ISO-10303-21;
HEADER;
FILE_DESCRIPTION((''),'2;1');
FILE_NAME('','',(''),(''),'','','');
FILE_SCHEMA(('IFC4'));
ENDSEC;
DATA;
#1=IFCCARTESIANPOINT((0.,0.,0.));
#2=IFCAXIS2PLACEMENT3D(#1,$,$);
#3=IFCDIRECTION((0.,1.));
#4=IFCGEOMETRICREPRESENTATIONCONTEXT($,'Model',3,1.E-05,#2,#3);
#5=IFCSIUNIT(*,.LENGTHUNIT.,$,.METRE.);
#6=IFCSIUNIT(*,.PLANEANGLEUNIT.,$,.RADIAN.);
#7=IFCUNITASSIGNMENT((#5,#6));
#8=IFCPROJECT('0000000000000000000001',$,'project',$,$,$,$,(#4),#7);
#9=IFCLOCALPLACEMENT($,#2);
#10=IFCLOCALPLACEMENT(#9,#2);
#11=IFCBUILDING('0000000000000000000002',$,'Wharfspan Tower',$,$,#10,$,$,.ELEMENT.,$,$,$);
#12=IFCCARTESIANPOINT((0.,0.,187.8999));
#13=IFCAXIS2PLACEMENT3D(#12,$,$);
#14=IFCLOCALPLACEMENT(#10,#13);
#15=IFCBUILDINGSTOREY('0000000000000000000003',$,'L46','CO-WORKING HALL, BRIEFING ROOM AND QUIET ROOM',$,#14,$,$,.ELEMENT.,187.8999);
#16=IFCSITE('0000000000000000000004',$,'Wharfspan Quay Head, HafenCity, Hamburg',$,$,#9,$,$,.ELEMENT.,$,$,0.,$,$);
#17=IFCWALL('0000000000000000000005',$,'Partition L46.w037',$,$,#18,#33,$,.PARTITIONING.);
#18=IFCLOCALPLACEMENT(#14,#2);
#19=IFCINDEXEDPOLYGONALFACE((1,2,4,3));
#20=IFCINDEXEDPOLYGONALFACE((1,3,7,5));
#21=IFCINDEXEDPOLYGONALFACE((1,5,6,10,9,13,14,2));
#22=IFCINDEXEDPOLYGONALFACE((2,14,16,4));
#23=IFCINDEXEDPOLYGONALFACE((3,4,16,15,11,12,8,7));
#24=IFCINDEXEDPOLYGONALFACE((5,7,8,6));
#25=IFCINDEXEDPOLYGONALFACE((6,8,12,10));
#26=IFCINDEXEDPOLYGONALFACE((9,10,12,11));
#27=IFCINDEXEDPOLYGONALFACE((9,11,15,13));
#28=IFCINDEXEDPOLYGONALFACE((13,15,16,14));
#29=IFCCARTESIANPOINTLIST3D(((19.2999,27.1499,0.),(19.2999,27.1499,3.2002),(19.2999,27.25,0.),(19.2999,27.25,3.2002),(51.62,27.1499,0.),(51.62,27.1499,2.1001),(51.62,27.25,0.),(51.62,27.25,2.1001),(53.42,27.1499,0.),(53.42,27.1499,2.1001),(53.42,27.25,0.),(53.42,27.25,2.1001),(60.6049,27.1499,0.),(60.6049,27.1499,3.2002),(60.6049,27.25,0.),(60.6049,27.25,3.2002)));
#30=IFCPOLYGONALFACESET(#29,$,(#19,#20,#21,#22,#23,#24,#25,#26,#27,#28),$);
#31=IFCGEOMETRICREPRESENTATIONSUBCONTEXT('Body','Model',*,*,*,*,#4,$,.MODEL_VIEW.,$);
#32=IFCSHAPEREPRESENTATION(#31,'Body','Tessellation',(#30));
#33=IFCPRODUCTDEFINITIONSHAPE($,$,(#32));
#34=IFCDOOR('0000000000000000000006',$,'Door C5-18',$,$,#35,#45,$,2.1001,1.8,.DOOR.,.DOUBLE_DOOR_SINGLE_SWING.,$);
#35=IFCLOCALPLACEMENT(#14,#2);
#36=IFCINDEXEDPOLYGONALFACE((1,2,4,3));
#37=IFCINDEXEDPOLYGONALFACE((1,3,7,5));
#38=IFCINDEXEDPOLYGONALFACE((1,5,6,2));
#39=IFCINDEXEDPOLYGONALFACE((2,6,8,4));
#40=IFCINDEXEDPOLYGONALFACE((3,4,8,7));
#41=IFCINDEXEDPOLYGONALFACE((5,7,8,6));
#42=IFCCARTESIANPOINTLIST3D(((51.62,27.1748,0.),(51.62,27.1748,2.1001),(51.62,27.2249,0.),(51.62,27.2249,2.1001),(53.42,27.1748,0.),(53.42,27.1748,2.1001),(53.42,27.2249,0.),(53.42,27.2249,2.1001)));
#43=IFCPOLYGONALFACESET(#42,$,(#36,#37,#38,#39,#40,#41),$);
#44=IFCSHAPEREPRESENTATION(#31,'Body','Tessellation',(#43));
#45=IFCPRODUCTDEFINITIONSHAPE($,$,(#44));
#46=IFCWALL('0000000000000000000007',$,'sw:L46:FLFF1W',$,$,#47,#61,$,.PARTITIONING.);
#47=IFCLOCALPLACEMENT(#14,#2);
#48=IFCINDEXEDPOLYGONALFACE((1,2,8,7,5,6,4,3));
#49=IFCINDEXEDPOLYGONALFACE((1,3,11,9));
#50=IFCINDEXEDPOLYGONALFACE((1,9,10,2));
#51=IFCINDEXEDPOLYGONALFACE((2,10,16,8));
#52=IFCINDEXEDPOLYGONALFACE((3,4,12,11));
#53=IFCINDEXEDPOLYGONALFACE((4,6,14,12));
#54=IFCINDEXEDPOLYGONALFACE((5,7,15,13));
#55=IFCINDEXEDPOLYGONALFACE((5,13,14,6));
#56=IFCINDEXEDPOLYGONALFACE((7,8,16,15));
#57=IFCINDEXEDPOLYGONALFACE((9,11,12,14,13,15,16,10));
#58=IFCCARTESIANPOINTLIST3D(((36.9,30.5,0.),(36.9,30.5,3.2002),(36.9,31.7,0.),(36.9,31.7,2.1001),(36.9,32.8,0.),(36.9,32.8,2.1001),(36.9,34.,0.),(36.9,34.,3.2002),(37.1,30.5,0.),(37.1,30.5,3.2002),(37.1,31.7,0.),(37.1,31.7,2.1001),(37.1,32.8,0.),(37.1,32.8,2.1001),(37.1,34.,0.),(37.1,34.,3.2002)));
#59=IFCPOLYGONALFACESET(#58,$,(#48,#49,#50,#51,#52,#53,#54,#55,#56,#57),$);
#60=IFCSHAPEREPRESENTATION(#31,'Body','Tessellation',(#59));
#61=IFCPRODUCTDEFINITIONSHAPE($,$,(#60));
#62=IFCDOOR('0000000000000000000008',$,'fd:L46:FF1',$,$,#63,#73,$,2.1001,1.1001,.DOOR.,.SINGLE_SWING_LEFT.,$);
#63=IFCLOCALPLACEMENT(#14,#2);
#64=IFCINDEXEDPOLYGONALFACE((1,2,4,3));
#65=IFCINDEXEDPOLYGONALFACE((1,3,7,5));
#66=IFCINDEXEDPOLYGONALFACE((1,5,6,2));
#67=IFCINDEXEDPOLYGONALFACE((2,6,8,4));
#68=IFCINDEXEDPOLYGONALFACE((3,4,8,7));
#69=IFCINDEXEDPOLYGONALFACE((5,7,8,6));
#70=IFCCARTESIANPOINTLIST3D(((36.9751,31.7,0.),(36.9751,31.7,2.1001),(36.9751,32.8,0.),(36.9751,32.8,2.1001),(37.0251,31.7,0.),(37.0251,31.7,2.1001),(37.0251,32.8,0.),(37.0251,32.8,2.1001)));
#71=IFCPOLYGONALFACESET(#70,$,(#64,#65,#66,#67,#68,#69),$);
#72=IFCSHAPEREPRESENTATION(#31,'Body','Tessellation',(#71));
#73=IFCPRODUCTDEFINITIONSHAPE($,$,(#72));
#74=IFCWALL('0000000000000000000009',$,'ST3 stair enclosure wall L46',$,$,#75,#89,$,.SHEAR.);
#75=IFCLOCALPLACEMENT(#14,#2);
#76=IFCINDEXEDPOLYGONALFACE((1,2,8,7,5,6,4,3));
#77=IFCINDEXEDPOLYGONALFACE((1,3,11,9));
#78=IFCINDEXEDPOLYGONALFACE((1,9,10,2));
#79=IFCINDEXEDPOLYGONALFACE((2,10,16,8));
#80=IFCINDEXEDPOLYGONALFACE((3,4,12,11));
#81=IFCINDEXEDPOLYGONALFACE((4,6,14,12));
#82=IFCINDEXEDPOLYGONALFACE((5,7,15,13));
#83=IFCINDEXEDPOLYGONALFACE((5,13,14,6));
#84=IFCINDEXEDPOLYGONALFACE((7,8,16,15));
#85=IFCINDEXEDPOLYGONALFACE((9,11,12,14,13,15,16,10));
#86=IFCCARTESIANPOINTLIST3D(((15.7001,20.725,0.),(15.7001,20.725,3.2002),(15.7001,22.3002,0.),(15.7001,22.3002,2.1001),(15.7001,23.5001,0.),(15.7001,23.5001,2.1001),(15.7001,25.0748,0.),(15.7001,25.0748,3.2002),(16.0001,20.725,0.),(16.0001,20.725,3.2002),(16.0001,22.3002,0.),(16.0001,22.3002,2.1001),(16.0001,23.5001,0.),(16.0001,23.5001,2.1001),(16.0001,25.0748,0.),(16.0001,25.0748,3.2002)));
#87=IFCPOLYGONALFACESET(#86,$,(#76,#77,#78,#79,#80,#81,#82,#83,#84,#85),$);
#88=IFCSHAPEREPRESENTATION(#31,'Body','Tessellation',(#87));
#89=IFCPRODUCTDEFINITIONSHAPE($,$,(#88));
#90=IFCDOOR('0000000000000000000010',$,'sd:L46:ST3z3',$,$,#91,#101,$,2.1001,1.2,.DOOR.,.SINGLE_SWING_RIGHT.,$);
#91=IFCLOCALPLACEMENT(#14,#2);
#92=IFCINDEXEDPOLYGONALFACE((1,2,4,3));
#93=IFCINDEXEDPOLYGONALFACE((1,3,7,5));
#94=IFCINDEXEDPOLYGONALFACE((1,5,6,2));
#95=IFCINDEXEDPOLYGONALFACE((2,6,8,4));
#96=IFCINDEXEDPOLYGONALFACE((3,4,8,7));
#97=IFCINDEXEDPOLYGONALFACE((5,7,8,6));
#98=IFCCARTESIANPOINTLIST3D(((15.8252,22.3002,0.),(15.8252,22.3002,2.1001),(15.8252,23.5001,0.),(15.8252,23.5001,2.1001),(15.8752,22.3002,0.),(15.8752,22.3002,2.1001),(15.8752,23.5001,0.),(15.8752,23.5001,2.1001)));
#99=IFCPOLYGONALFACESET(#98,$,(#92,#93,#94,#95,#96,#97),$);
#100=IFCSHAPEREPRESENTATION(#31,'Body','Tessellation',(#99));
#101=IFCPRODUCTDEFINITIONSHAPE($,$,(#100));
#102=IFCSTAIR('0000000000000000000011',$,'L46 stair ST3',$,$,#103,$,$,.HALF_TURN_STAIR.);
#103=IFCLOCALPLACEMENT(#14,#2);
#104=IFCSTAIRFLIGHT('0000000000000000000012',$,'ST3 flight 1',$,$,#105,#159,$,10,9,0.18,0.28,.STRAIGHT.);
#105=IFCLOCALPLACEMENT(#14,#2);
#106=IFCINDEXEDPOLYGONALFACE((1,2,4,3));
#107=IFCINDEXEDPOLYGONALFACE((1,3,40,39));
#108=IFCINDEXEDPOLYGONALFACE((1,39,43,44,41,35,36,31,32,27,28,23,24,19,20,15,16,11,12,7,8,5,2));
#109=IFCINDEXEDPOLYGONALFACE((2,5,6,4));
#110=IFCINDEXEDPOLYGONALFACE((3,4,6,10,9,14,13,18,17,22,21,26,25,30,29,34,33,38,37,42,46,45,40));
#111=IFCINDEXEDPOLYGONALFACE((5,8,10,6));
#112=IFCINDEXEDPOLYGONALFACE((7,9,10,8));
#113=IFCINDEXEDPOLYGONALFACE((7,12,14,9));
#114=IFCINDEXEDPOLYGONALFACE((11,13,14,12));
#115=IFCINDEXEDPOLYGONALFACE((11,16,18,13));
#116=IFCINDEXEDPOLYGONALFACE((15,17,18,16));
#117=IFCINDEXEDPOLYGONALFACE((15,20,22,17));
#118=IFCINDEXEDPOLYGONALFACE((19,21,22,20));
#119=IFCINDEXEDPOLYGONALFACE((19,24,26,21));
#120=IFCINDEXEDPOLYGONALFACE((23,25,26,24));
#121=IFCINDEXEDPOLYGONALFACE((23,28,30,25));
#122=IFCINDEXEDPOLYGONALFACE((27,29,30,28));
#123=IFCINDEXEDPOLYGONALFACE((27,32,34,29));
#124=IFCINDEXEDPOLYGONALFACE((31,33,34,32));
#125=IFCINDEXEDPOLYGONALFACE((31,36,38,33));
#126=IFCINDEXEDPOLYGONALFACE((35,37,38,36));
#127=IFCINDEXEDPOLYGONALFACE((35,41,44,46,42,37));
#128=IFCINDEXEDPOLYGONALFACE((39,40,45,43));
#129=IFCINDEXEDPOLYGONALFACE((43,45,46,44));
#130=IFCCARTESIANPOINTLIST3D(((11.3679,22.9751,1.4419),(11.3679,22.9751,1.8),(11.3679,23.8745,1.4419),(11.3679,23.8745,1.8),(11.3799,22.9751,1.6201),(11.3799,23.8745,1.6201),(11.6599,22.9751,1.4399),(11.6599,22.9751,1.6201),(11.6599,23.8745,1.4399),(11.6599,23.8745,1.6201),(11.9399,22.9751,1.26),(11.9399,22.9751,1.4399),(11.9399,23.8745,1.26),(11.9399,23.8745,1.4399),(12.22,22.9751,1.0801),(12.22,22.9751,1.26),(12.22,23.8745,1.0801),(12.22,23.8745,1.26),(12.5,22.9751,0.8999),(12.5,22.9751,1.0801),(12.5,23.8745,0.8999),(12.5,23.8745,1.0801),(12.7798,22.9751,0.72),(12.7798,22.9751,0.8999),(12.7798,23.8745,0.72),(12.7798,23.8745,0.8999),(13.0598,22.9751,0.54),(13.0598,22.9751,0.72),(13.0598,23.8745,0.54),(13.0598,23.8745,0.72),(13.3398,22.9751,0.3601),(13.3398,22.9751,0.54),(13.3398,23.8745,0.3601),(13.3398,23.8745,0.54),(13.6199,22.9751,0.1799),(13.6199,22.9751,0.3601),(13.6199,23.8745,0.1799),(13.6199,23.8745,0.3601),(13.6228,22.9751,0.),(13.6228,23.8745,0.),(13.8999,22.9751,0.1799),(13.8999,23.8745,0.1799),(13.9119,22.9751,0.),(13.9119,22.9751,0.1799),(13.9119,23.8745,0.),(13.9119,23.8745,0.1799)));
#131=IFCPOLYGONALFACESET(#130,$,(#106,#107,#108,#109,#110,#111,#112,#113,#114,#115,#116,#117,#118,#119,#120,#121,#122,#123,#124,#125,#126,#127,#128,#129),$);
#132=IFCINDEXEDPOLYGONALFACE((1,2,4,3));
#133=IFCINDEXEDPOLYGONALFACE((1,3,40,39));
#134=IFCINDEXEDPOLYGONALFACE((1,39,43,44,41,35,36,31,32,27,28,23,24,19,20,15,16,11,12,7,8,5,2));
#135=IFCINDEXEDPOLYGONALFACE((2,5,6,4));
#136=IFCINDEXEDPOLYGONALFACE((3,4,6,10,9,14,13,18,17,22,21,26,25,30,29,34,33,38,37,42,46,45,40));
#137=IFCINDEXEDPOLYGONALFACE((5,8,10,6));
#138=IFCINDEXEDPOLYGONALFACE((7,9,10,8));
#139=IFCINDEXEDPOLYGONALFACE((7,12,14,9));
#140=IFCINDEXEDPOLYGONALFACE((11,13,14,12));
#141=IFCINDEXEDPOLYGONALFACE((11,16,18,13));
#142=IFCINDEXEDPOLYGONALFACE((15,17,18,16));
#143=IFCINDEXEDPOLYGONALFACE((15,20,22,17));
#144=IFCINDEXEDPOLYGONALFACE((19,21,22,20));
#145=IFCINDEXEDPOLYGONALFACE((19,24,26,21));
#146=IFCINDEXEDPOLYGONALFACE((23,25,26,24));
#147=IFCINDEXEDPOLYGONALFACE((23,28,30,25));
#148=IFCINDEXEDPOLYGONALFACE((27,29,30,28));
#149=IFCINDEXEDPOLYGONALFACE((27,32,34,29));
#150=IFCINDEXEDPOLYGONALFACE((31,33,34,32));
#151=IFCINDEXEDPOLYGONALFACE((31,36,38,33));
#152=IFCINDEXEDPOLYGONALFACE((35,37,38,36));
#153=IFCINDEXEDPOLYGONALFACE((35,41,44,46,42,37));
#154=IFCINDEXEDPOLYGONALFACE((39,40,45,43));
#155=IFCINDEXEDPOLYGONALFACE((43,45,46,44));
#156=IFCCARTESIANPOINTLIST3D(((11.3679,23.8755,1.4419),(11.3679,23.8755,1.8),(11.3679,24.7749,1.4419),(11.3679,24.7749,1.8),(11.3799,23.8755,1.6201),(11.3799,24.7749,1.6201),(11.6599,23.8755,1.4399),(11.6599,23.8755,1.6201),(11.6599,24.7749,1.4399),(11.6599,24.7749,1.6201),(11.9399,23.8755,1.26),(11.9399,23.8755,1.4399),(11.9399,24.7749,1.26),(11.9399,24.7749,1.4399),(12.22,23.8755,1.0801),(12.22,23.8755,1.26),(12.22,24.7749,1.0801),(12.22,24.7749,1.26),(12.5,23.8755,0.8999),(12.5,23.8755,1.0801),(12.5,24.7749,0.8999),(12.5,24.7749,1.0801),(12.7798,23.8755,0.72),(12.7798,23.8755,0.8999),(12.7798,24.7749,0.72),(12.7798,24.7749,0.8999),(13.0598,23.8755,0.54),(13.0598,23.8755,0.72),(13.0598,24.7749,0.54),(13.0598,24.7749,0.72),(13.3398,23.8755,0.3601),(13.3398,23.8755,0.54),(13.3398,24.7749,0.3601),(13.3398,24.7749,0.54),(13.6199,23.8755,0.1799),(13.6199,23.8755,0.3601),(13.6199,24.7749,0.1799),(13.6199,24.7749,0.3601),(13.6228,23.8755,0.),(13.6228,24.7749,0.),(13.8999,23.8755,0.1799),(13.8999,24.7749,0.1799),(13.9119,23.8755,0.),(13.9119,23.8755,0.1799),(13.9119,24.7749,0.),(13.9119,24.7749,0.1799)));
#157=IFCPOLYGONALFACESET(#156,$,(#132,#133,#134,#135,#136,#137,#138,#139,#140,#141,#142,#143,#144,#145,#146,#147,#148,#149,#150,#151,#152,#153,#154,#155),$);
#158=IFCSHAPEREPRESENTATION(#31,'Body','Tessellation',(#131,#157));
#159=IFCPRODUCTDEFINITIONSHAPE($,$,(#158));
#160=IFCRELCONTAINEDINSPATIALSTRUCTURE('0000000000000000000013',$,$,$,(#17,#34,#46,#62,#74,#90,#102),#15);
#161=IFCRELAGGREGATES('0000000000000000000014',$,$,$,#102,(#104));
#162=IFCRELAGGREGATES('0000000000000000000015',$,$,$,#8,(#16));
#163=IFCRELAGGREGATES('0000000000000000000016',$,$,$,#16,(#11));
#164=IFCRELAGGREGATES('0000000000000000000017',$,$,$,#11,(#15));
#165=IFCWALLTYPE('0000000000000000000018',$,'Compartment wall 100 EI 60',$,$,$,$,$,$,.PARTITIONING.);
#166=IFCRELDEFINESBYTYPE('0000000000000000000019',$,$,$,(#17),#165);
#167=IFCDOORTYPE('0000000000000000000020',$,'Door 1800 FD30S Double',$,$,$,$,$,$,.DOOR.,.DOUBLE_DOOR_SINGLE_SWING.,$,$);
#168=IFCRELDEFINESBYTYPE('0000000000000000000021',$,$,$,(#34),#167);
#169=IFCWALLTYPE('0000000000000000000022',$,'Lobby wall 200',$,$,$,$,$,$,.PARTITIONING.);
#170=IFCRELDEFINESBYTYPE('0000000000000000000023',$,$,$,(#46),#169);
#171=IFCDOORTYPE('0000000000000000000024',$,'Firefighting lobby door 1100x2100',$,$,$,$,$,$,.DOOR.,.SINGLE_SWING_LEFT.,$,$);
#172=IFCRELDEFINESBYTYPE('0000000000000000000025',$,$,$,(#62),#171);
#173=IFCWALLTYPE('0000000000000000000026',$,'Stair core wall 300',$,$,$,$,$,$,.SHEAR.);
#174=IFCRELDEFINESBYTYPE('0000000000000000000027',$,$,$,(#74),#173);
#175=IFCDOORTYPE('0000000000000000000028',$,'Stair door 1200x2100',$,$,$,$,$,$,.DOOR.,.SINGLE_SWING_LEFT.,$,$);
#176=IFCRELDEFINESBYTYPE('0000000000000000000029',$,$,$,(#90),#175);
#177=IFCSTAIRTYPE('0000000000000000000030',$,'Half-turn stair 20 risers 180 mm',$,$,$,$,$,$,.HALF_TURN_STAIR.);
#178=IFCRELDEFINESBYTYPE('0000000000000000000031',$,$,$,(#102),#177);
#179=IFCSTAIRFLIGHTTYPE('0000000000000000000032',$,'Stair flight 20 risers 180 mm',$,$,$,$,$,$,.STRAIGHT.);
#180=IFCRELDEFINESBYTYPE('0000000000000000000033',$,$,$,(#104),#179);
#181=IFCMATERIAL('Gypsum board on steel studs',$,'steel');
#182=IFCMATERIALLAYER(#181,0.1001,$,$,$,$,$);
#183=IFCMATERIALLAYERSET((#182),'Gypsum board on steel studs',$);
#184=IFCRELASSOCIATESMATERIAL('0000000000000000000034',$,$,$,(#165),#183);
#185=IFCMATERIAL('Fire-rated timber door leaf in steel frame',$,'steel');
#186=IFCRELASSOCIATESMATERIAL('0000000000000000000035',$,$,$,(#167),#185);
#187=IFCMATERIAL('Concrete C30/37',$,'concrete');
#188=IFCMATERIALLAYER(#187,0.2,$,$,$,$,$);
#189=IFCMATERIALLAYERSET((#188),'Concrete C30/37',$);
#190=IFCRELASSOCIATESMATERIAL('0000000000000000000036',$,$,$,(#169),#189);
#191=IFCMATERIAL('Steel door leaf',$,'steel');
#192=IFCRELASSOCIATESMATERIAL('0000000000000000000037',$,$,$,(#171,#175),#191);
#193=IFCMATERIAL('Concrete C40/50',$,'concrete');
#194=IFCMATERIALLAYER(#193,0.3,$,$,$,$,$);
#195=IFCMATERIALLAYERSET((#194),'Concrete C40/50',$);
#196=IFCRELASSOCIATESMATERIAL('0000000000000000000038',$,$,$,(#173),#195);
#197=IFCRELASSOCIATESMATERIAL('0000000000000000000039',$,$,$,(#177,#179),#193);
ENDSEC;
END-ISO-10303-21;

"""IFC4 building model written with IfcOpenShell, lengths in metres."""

from ifc_helpers import new_model, si_unit, direction, frame, frame_2d, origin, place, context, subcontext, project, spatial, polyline, rectangle, outline, extrude, material, layer, layer_set, type_object, element, fill, aggregate, save


model = new_model("IFC4")

# Units and contexts
model_context = context("Model", 3, precision=1e-05, world=origin(), true_north=direction((0.0, 1.0)))
body_context = subcontext(model_context, "Body", "Model", "MODEL_VIEW")
ifc_project = project(units=[si_unit("LENGTHUNIT", "METRE"), si_unit("PLANEANGLEUNIT", "RADIAN")], contexts=[model_context])

# Site, building, storey
site_placement = place(None, origin())
site = spatial("IfcSite", under=ifc_project, at=site_placement, Name="Wharfspan Quay Head, HafenCity, Hamburg", CompositionType="ELEMENT", RefElevation=0.0)
building_placement = place(site_placement, origin())
building = spatial("IfcBuilding", under=site, at=building_placement, Name="Wharfspan Tower", CompositionType="ELEMENT")
storey_placement = place(building_placement, frame((0.0, 0.0, 187.8999)))
storey = spatial("IfcBuildingStorey", under=building, at=storey_placement, Name="L46", Description="CO-WORKING HALL, BRIEFING ROOM AND QUIET ROOM", CompositionType="ELEMENT", Elevation=187.8999)

# Shared definitions
ifc_material_1 = material(Name="Gypsum board on steel studs", Category="steel")
ifc_layer_1 = layer(ifc_material_1, 0.1001)
ifc_layer_set_1 = layer_set([ifc_layer_1], Name="Gypsum board on steel studs")
wall_type_1 = type_object("IfcWallType", Name="Compartment wall 100 EI 60", PredefinedType="PARTITIONING", material=ifc_layer_set_1)

# Shared definitions
ifc_material_2 = material(Name="Fire-rated timber door leaf in steel frame", Category="steel")

# Walls, openings, doors
wall_1_placement = place(storey_placement, frame((19.3, 27.2, 0.0), z_axis=(0.0, 0.0, 1.0), x_axis=(1.0, 0.0, 0.0)))
wall_1 = element("IfcWall", 1, at=wall_1_placement, inside=storey, type_object=wall_type_1, Name="Partition L46.w037", PredefinedType="PARTITIONING", context=body_context, shape_type="SweptSolid", body=[
    extrude(rectangle(XDim=41.3049, YDim=0.1001, at=frame_2d((20.6523, 0.0))), origin(), (0.0, 0.0, 1.0), 3.2002),
])
opening_1_placement = place(wall_1_placement, frame((32.3201, 0.0, 0.0)))
opening_1 = element("IfcOpeningElement", 2, at=opening_1_placement, cuts=wall_1, PredefinedType="OPENING", context=body_context, shape_type="SweptSolid", body=[
    extrude(rectangle(XDim=1.8, YDim=2.1001, at=frame_2d((0.8999, 1.05))), frame((0.0, 0.0601, 0.0), z_axis=(0.0, -1.0, 0.0), x_axis=(1.0, 0.0, 0.0)), (0.0, 0.0, 1.0), 0.1201),
])
door_type_1 = type_object("IfcDoorType", Name="Door 1800 FD30S Double", OperationType="DOUBLE_DOOR_SINGLE_SWING", PredefinedType="DOOR", material=ifc_material_2)
door_1_placement = place(opening_1_placement, origin())
door_1 = element("IfcDoor", 3, at=door_1_placement, inside=storey, type_object=door_type_1, Name="Door C5-18", OperationType="DOUBLE_DOOR_SINGLE_SWING", OverallHeight=2.1001, OverallWidth=1.8, PredefinedType="DOOR", context=body_context, shape_type="SweptSolid", body=[
    extrude(rectangle(XDim=1.8, YDim=2.1001, at=frame_2d((0.8999, 1.05))), frame((0.0, 0.0249, 0.0), z_axis=(0.0, -1.0, 0.0), x_axis=(1.0, 0.0, 0.0)), (0.0, 0.0, 1.0), 0.05),
])
fill(opening_1, door_1)
ifc_material_3 = material(Name="Concrete C30/37", Category="concrete")
ifc_layer_2 = layer(ifc_material_3, 0.2)
ifc_layer_set_2 = layer_set([ifc_layer_2], Name="Concrete C30/37")
wall_type_2 = type_object("IfcWallType", Name="Lobby wall 200", PredefinedType="PARTITIONING", material=ifc_layer_set_2)
wall_2_placement = place(storey_placement, frame((37.0, 30.5, 0.0), z_axis=(0.0, 0.0, 1.0), x_axis=(0.0, 1.0, 0.0)))
wall_2 = element("IfcWall", 4, at=wall_2_placement, inside=storey, type_object=wall_type_2, Name="sw:L46:FLFF1W", PredefinedType="PARTITIONING", context=body_context, shape_type="SweptSolid", body=[
    extrude(rectangle(XDim=3.5, YDim=0.2, at=frame_2d((1.75, 0.0))), origin(), (0.0, 0.0, 1.0), 3.2002),
])
opening_2_placement = place(wall_2_placement, frame((1.2, 0.0, 0.0)))
opening_2 = element("IfcOpeningElement", 5, at=opening_2_placement, cuts=wall_2, PredefinedType="OPENING", context=body_context, shape_type="SweptSolid", body=[
    extrude(rectangle(XDim=1.1001, YDim=2.1001, at=frame_2d((0.55, 1.05))), frame((0.0, 0.1099, 0.0), z_axis=(0.0, -1.0, 0.0), x_axis=(1.0, 0.0, 0.0)), (0.0, 0.0, 1.0), 0.22),
])
ifc_material_4 = material(Name="Steel door leaf", Category="steel")
door_type_2 = type_object("IfcDoorType", Name="Firefighting lobby door 1100x2100", OperationType="SINGLE_SWING_LEFT", PredefinedType="DOOR", material=ifc_material_4)
door_2_placement = place(opening_2_placement, origin())
door_2 = element("IfcDoor", 6, at=door_2_placement, inside=storey, type_object=door_type_2, Name="fd:L46:FF1", OperationType="SINGLE_SWING_LEFT", OverallHeight=2.1001, OverallWidth=1.1001, PredefinedType="DOOR", context=body_context, shape_type="SweptSolid", body=[
    extrude(rectangle(XDim=1.1001, YDim=2.1001, at=frame_2d((0.55, 1.05))), frame((0.0, 0.0249, 0.0), z_axis=(0.0, -1.0, 0.0), x_axis=(1.0, 0.0, 0.0)), (0.0, 0.0, 1.0), 0.05),
])
fill(opening_2, door_2)
ifc_material_5 = material(Name="Concrete C40/50", Category="concrete")
ifc_layer_3 = layer(ifc_material_5, 0.3)
ifc_layer_set_3 = layer_set([ifc_layer_3], Name="Concrete C40/50")
wall_type_3 = type_object("IfcWallType", Name="Stair core wall 300", PredefinedType="SHEAR", material=ifc_layer_set_3)
wall_3_placement = place(storey_placement, frame((15.8501, 20.7251, 0.0), z_axis=(0.0, 0.0, 1.0), x_axis=(0.0, 1.0, 0.0)))
wall_3 = element("IfcWall", 7, at=wall_3_placement, inside=storey, type_object=wall_type_3, Name="ST3 stair enclosure wall L46", PredefinedType="SHEAR", context=body_context, shape_type="SweptSolid", body=[
    extrude(rectangle(XDim=4.3499, YDim=0.3, at=frame_2d((2.1748, 0.0))), origin(), (0.0, 0.0, 1.0), 3.2002),
])
opening_3_placement = place(wall_3_placement, frame((1.575, 0.0, 0.0)))
opening_3 = element("IfcOpeningElement", 8, at=opening_3_placement, cuts=wall_3, PredefinedType="OPENING", context=body_context, shape_type="SweptSolid", body=[
    extrude(rectangle(XDim=1.2, YDim=2.1001, at=frame_2d((0.6001, 1.05))), frame((0.0, 0.1599, 0.0), z_axis=(0.0, -1.0, 0.0), x_axis=(1.0, 0.0, 0.0)), (0.0, 0.0, 1.0), 0.3201),
])
door_type_3 = type_object("IfcDoorType", Name="Stair door 1200x2100", OperationType="SINGLE_SWING_LEFT", PredefinedType="DOOR", material=ifc_material_4)
door_3_placement = place(opening_3_placement, origin())
door_3 = element("IfcDoor", 9, at=door_3_placement, inside=storey, type_object=door_type_3, Name="sd:L46:ST3z3", OperationType="SINGLE_SWING_RIGHT", OverallHeight=2.1001, OverallWidth=1.2, PredefinedType="DOOR", context=body_context, shape_type="SweptSolid", body=[
    extrude(rectangle(XDim=1.2, YDim=2.1001, at=frame_2d((0.6001, 1.05))), frame((0.0, 0.0249, 0.0), z_axis=(0.0, -1.0, 0.0), x_axis=(1.0, 0.0, 0.0)), (0.0, 0.0, 1.0), 0.05),
])
fill(opening_3, door_3)

# Stair, stair flight
stair_type = type_object("IfcStairType", Name="Half-turn stair 20 risers 180 mm", PredefinedType="HALF_TURN_STAIR", material=ifc_material_5)
stair_placement = place(storey_placement, origin())
stair = element("IfcStair", 10, at=stair_placement, inside=storey, type_object=stair_type, Name="L46 stair ST3", PredefinedType="HALF_TURN_STAIR")
stair_flight_type = type_object("IfcStairFlightType", Name="Stair flight 20 risers 180 mm", PredefinedType="STRAIGHT", material=ifc_material_5)
stair_flight_1_placement = place(storey_placement, frame((13.8999, 23.875, 0.0), z_axis=(0.0, 0.0, 1.0), x_axis=(-1.0, 0.0, 0.0)))
stair_flight_1 = element("IfcStairFlight", 11, at=stair_flight_1_placement, type_object=stair_flight_type, Name="ST3 flight 1", NumberOfRisers=10, NumberOfTreads=9, PredefinedType="STRAIGHT", RiserHeight=0.18, TreadLength=0.28, context=body_context, shape_type="SweptSolid", body=[
    extrude(outline(polyline([(-0.012, 0.0), (-0.012, 0.1799), (0.0, 0.1799), (0.28, 0.1799), (0.28, 0.3601), (0.5601, 0.3601), (0.5601, 0.54), (0.8401, 0.54), (0.8401, 0.72), (1.1201, 0.72), (1.1201, 0.8999), (1.3999, 0.8999), (1.3999, 1.0801), (1.6799, 1.0801), (1.6799, 1.26), (1.96, 1.26), (1.96, 1.4399), (2.24, 1.4399), (2.24, 1.6201), (2.52, 1.6201), (2.532, 1.8), (2.532, 1.4419), (0.2771, 0.0), (-0.012, 0.0)])), frame((0.0, 0.8999, 0.0), z_axis=(0.0, -1.0, 0.0), x_axis=(1.0, 0.0, 0.0)), (0.0, 0.0, 1.0), 0.8994),
    extrude(outline(polyline([(-0.012, 0.0), (-0.012, 0.1799), (0.0, 0.1799), (0.28, 0.1799), (0.28, 0.3601), (0.5601, 0.3601), (0.5601, 0.54), (0.8401, 0.54), (0.8401, 0.72), (1.1201, 0.72), (1.1201, 0.8999), (1.3999, 0.8999), (1.3999, 1.0801), (1.6799, 1.0801), (1.6799, 1.26), (1.96, 1.26), (1.96, 1.4399), (2.24, 1.4399), (2.24, 1.6201), (2.52, 1.6201), (2.532, 1.8), (2.532, 1.4419), (0.2771, 0.0), (-0.012, 0.0)])), frame((0.0, -0.0005, 0.0), z_axis=(0.0, -1.0, 0.0), x_axis=(1.0, 0.0, 0.0)), (0.0, 0.0, 1.0), 0.8994),
])
aggregate(stair, [stair_flight_1])

save(model, "model.ifc")
